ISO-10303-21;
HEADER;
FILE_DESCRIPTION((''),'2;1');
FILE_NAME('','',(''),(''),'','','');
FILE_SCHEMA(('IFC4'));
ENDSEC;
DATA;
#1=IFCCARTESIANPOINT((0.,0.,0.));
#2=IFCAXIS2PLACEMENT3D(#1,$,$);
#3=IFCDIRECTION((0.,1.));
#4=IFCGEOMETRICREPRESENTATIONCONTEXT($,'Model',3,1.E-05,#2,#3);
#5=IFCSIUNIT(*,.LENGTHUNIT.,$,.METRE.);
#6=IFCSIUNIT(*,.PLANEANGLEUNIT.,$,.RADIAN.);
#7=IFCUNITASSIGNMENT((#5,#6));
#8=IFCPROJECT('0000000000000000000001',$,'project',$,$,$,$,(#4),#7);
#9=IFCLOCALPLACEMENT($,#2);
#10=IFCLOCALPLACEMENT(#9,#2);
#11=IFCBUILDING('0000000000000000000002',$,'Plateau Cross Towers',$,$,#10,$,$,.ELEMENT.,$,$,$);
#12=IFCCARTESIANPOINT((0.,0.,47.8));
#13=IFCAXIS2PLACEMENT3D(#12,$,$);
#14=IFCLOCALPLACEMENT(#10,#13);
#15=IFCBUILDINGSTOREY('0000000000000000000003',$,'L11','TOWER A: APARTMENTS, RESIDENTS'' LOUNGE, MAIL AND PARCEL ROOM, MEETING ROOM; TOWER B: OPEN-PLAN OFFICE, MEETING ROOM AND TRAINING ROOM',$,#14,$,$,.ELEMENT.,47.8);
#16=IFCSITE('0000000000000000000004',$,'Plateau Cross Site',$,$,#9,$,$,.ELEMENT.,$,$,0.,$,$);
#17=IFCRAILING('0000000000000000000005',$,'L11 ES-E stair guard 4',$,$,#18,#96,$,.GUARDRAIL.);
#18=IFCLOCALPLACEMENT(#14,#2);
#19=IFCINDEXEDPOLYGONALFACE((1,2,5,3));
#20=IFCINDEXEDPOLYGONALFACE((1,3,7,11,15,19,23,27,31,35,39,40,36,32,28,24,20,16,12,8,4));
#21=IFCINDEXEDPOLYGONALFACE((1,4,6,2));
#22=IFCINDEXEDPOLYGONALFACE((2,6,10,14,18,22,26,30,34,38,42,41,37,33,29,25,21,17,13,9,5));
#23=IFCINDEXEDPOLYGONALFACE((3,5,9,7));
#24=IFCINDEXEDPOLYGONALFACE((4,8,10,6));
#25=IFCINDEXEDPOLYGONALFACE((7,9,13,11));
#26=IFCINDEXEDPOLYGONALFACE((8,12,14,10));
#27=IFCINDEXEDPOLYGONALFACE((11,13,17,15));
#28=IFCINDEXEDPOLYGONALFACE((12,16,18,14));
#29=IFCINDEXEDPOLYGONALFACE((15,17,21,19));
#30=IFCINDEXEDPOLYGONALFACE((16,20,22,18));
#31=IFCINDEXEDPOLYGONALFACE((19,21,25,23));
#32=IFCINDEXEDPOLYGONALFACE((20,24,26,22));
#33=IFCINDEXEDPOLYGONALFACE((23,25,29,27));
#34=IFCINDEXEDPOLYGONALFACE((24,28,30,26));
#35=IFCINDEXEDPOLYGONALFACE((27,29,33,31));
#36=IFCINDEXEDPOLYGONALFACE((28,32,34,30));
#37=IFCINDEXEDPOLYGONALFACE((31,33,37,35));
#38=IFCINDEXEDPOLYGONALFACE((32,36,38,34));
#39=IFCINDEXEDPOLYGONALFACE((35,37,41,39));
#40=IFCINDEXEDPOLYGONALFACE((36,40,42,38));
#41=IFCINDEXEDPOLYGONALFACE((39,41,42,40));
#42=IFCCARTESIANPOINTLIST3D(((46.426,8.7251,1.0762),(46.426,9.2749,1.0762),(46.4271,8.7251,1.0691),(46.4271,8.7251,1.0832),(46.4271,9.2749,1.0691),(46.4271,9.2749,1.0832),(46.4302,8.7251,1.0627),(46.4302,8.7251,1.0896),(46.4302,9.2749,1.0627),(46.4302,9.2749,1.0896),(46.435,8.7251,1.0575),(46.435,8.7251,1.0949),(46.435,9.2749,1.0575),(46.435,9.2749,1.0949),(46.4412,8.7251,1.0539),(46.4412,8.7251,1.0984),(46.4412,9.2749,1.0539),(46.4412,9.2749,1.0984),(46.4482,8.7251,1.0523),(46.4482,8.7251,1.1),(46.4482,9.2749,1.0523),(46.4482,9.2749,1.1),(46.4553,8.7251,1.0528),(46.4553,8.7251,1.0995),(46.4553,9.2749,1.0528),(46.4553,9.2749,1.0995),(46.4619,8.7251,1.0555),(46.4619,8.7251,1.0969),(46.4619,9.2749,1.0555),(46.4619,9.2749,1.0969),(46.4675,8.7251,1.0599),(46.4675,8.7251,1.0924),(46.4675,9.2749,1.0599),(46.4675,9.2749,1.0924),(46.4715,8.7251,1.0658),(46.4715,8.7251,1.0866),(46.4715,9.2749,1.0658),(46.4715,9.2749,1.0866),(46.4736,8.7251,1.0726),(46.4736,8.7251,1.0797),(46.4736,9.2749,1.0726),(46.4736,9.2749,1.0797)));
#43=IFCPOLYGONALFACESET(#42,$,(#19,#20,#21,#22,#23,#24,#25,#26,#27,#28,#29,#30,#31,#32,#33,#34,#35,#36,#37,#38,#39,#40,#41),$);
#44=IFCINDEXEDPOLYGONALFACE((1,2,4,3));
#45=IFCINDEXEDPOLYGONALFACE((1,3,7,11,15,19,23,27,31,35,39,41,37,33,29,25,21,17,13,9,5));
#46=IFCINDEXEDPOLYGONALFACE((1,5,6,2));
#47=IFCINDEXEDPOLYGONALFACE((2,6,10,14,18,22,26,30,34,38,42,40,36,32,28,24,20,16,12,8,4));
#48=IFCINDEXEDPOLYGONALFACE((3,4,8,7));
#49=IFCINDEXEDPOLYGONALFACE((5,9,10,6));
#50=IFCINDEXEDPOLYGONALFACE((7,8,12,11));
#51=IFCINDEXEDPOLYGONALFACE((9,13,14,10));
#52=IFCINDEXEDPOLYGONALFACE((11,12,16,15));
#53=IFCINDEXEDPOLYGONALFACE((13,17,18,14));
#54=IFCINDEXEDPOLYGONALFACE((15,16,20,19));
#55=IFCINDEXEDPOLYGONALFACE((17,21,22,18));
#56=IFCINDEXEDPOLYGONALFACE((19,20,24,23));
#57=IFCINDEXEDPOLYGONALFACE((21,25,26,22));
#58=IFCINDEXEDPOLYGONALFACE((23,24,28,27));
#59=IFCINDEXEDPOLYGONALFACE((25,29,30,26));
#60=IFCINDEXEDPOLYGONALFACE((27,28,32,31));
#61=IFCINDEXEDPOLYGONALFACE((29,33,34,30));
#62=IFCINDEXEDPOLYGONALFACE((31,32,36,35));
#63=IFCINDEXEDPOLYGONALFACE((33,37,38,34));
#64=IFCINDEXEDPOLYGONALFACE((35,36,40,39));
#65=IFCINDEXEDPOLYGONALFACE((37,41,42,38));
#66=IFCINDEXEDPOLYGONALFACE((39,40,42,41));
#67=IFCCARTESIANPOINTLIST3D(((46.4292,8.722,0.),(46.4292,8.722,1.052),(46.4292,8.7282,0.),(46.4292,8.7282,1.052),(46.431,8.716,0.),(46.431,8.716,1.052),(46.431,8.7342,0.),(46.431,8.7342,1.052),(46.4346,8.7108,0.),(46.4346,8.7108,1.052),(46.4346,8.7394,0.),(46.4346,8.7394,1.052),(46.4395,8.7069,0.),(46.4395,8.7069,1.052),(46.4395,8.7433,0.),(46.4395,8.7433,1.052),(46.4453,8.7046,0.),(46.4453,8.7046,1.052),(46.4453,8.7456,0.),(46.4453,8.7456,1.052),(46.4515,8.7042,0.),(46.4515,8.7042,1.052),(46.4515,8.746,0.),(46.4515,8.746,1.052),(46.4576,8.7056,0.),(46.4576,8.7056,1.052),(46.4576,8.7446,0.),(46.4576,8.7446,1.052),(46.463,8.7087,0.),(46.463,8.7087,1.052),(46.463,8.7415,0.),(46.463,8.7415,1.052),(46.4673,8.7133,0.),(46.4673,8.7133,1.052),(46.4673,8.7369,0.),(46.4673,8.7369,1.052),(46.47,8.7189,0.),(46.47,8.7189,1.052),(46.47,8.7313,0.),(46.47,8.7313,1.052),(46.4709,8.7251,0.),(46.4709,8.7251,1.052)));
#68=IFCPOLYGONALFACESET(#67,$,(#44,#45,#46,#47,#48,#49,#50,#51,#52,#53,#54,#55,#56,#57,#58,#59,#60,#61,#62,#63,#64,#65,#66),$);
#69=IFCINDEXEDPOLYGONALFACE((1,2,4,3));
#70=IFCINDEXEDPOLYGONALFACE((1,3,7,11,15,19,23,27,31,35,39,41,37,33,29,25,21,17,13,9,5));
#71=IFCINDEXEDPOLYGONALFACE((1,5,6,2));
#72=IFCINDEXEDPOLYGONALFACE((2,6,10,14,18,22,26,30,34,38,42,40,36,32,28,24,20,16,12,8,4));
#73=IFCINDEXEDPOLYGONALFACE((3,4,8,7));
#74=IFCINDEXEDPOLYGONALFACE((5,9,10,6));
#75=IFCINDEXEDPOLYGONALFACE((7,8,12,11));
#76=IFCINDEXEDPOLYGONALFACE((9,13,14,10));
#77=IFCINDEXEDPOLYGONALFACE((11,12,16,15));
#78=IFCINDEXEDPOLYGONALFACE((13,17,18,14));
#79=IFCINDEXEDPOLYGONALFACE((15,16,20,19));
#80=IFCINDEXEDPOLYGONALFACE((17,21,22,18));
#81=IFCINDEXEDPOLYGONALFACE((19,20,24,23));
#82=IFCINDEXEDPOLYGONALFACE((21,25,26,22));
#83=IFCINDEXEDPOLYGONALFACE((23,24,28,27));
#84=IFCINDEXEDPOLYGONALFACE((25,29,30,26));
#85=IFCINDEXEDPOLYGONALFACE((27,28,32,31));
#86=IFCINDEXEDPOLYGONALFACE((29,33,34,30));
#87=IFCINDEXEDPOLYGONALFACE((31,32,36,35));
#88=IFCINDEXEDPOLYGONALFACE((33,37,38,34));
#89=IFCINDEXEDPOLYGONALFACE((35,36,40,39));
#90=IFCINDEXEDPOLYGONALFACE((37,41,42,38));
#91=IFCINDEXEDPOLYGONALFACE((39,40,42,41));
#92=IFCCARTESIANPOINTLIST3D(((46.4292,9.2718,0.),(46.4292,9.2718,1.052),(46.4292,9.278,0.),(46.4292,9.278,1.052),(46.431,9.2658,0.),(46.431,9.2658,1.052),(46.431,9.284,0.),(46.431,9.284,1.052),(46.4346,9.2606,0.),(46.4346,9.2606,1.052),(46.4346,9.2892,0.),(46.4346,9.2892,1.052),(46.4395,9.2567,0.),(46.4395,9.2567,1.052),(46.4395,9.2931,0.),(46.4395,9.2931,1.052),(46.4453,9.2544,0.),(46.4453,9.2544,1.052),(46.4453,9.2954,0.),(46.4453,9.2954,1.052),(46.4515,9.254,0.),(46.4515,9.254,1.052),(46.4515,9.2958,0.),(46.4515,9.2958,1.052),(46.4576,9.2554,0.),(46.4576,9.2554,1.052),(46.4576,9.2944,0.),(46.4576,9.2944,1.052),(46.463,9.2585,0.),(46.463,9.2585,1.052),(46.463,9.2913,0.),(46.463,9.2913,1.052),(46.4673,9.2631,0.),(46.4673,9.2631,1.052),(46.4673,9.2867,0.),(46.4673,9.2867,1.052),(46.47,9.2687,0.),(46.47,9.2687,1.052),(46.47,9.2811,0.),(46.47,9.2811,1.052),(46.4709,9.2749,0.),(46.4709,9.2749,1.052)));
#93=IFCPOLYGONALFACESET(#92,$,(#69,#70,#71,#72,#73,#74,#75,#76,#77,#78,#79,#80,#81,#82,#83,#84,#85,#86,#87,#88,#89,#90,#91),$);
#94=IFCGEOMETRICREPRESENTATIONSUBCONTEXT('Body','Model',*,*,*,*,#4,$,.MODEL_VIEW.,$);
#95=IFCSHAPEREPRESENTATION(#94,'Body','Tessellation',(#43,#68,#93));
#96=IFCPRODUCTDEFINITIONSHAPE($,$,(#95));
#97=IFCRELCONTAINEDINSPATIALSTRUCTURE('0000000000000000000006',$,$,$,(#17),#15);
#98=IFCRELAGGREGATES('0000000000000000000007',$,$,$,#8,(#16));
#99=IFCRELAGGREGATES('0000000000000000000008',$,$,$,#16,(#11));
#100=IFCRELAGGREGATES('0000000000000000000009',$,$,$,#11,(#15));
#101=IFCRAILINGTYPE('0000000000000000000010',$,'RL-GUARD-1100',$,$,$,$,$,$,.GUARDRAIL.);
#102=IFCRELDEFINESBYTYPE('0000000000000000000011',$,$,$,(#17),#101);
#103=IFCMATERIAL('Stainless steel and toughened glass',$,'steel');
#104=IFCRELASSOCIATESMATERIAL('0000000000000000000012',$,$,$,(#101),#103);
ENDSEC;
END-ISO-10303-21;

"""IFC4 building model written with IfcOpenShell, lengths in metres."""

from ifc_helpers import new_model, si_unit, direction, frame, origin, origin_2d, place, context, subcontext, project, spatial, circle, extrude, material, type_object, element, save


model = new_model("IFC4")

# Units and contexts
model_context = context("Model", 3, precision=1e-05, world=origin(), true_north=direction((0.0, 1.0)))
body_context = subcontext(model_context, "Body", "Model", "MODEL_VIEW")
ifc_project = project(units=[si_unit("LENGTHUNIT", "METRE"), si_unit("PLANEANGLEUNIT", "RADIAN")], contexts=[model_context])

# Site, building, storey
site_placement = place(None, origin())
site = spatial("IfcSite", under=ifc_project, at=site_placement, Name="Plateau Cross Site", CompositionType="ELEMENT", RefElevation=0.0)
building_placement = place(site_placement, origin())
building = spatial("IfcBuilding", under=site, at=building_placement, Name="Plateau Cross Towers", CompositionType="ELEMENT")
storey_placement = place(building_placement, frame((0.0, 0.0, 47.8)))
storey = spatial("IfcBuildingStorey", under=building, at=storey_placement, Name="L11", Description="TOWER A: APARTMENTS, RESIDENTS' LOUNGE, MAIL AND PARCEL ROOM, MEETING ROOM; TOWER B: OPEN-PLAN OFFICE, MEETING ROOM AND TRAINING ROOM", CompositionType="ELEMENT", Elevation=47.8)

# Railing
ifc_material_1 = material(Name="Stainless steel and toughened glass", Category="steel")
railing_type_1 = type_object("IfcRailingType", Name="RL-GUARD-1100", PredefinedType="GUARDRAIL", material=ifc_material_1)
railing_1_placement = place(storey_placement, frame((46.45, 8.7251, 0.0)))
element("IfcRailing", 1, at=railing_1_placement, inside=storey, type_object=railing_type_1, Name="L11 ES-E stair guard 4", PredefinedType="GUARDRAIL", context=body_context, shape_type="SweptSolid", body=[
    extrude(circle(Radius=0.0239, at=origin_2d()), frame((0.0, 0.0, 1.0762), z_axis=(0.0, 1.0, 0.0), x_axis=(-1.0, 0.0, 0.0)), (0.0, 0.0, 1.0), 0.5498),
    extrude(circle(Radius=0.021, at=origin_2d()), origin(), (0.0, 0.0, 1.0), 1.052),
    extrude(circle(Radius=0.021, at=origin_2d()), frame((0.0, 0.5498, 0.0)), (0.0, 0.0, 1.0), 1.052),
])

save(model, "model.ifc")
